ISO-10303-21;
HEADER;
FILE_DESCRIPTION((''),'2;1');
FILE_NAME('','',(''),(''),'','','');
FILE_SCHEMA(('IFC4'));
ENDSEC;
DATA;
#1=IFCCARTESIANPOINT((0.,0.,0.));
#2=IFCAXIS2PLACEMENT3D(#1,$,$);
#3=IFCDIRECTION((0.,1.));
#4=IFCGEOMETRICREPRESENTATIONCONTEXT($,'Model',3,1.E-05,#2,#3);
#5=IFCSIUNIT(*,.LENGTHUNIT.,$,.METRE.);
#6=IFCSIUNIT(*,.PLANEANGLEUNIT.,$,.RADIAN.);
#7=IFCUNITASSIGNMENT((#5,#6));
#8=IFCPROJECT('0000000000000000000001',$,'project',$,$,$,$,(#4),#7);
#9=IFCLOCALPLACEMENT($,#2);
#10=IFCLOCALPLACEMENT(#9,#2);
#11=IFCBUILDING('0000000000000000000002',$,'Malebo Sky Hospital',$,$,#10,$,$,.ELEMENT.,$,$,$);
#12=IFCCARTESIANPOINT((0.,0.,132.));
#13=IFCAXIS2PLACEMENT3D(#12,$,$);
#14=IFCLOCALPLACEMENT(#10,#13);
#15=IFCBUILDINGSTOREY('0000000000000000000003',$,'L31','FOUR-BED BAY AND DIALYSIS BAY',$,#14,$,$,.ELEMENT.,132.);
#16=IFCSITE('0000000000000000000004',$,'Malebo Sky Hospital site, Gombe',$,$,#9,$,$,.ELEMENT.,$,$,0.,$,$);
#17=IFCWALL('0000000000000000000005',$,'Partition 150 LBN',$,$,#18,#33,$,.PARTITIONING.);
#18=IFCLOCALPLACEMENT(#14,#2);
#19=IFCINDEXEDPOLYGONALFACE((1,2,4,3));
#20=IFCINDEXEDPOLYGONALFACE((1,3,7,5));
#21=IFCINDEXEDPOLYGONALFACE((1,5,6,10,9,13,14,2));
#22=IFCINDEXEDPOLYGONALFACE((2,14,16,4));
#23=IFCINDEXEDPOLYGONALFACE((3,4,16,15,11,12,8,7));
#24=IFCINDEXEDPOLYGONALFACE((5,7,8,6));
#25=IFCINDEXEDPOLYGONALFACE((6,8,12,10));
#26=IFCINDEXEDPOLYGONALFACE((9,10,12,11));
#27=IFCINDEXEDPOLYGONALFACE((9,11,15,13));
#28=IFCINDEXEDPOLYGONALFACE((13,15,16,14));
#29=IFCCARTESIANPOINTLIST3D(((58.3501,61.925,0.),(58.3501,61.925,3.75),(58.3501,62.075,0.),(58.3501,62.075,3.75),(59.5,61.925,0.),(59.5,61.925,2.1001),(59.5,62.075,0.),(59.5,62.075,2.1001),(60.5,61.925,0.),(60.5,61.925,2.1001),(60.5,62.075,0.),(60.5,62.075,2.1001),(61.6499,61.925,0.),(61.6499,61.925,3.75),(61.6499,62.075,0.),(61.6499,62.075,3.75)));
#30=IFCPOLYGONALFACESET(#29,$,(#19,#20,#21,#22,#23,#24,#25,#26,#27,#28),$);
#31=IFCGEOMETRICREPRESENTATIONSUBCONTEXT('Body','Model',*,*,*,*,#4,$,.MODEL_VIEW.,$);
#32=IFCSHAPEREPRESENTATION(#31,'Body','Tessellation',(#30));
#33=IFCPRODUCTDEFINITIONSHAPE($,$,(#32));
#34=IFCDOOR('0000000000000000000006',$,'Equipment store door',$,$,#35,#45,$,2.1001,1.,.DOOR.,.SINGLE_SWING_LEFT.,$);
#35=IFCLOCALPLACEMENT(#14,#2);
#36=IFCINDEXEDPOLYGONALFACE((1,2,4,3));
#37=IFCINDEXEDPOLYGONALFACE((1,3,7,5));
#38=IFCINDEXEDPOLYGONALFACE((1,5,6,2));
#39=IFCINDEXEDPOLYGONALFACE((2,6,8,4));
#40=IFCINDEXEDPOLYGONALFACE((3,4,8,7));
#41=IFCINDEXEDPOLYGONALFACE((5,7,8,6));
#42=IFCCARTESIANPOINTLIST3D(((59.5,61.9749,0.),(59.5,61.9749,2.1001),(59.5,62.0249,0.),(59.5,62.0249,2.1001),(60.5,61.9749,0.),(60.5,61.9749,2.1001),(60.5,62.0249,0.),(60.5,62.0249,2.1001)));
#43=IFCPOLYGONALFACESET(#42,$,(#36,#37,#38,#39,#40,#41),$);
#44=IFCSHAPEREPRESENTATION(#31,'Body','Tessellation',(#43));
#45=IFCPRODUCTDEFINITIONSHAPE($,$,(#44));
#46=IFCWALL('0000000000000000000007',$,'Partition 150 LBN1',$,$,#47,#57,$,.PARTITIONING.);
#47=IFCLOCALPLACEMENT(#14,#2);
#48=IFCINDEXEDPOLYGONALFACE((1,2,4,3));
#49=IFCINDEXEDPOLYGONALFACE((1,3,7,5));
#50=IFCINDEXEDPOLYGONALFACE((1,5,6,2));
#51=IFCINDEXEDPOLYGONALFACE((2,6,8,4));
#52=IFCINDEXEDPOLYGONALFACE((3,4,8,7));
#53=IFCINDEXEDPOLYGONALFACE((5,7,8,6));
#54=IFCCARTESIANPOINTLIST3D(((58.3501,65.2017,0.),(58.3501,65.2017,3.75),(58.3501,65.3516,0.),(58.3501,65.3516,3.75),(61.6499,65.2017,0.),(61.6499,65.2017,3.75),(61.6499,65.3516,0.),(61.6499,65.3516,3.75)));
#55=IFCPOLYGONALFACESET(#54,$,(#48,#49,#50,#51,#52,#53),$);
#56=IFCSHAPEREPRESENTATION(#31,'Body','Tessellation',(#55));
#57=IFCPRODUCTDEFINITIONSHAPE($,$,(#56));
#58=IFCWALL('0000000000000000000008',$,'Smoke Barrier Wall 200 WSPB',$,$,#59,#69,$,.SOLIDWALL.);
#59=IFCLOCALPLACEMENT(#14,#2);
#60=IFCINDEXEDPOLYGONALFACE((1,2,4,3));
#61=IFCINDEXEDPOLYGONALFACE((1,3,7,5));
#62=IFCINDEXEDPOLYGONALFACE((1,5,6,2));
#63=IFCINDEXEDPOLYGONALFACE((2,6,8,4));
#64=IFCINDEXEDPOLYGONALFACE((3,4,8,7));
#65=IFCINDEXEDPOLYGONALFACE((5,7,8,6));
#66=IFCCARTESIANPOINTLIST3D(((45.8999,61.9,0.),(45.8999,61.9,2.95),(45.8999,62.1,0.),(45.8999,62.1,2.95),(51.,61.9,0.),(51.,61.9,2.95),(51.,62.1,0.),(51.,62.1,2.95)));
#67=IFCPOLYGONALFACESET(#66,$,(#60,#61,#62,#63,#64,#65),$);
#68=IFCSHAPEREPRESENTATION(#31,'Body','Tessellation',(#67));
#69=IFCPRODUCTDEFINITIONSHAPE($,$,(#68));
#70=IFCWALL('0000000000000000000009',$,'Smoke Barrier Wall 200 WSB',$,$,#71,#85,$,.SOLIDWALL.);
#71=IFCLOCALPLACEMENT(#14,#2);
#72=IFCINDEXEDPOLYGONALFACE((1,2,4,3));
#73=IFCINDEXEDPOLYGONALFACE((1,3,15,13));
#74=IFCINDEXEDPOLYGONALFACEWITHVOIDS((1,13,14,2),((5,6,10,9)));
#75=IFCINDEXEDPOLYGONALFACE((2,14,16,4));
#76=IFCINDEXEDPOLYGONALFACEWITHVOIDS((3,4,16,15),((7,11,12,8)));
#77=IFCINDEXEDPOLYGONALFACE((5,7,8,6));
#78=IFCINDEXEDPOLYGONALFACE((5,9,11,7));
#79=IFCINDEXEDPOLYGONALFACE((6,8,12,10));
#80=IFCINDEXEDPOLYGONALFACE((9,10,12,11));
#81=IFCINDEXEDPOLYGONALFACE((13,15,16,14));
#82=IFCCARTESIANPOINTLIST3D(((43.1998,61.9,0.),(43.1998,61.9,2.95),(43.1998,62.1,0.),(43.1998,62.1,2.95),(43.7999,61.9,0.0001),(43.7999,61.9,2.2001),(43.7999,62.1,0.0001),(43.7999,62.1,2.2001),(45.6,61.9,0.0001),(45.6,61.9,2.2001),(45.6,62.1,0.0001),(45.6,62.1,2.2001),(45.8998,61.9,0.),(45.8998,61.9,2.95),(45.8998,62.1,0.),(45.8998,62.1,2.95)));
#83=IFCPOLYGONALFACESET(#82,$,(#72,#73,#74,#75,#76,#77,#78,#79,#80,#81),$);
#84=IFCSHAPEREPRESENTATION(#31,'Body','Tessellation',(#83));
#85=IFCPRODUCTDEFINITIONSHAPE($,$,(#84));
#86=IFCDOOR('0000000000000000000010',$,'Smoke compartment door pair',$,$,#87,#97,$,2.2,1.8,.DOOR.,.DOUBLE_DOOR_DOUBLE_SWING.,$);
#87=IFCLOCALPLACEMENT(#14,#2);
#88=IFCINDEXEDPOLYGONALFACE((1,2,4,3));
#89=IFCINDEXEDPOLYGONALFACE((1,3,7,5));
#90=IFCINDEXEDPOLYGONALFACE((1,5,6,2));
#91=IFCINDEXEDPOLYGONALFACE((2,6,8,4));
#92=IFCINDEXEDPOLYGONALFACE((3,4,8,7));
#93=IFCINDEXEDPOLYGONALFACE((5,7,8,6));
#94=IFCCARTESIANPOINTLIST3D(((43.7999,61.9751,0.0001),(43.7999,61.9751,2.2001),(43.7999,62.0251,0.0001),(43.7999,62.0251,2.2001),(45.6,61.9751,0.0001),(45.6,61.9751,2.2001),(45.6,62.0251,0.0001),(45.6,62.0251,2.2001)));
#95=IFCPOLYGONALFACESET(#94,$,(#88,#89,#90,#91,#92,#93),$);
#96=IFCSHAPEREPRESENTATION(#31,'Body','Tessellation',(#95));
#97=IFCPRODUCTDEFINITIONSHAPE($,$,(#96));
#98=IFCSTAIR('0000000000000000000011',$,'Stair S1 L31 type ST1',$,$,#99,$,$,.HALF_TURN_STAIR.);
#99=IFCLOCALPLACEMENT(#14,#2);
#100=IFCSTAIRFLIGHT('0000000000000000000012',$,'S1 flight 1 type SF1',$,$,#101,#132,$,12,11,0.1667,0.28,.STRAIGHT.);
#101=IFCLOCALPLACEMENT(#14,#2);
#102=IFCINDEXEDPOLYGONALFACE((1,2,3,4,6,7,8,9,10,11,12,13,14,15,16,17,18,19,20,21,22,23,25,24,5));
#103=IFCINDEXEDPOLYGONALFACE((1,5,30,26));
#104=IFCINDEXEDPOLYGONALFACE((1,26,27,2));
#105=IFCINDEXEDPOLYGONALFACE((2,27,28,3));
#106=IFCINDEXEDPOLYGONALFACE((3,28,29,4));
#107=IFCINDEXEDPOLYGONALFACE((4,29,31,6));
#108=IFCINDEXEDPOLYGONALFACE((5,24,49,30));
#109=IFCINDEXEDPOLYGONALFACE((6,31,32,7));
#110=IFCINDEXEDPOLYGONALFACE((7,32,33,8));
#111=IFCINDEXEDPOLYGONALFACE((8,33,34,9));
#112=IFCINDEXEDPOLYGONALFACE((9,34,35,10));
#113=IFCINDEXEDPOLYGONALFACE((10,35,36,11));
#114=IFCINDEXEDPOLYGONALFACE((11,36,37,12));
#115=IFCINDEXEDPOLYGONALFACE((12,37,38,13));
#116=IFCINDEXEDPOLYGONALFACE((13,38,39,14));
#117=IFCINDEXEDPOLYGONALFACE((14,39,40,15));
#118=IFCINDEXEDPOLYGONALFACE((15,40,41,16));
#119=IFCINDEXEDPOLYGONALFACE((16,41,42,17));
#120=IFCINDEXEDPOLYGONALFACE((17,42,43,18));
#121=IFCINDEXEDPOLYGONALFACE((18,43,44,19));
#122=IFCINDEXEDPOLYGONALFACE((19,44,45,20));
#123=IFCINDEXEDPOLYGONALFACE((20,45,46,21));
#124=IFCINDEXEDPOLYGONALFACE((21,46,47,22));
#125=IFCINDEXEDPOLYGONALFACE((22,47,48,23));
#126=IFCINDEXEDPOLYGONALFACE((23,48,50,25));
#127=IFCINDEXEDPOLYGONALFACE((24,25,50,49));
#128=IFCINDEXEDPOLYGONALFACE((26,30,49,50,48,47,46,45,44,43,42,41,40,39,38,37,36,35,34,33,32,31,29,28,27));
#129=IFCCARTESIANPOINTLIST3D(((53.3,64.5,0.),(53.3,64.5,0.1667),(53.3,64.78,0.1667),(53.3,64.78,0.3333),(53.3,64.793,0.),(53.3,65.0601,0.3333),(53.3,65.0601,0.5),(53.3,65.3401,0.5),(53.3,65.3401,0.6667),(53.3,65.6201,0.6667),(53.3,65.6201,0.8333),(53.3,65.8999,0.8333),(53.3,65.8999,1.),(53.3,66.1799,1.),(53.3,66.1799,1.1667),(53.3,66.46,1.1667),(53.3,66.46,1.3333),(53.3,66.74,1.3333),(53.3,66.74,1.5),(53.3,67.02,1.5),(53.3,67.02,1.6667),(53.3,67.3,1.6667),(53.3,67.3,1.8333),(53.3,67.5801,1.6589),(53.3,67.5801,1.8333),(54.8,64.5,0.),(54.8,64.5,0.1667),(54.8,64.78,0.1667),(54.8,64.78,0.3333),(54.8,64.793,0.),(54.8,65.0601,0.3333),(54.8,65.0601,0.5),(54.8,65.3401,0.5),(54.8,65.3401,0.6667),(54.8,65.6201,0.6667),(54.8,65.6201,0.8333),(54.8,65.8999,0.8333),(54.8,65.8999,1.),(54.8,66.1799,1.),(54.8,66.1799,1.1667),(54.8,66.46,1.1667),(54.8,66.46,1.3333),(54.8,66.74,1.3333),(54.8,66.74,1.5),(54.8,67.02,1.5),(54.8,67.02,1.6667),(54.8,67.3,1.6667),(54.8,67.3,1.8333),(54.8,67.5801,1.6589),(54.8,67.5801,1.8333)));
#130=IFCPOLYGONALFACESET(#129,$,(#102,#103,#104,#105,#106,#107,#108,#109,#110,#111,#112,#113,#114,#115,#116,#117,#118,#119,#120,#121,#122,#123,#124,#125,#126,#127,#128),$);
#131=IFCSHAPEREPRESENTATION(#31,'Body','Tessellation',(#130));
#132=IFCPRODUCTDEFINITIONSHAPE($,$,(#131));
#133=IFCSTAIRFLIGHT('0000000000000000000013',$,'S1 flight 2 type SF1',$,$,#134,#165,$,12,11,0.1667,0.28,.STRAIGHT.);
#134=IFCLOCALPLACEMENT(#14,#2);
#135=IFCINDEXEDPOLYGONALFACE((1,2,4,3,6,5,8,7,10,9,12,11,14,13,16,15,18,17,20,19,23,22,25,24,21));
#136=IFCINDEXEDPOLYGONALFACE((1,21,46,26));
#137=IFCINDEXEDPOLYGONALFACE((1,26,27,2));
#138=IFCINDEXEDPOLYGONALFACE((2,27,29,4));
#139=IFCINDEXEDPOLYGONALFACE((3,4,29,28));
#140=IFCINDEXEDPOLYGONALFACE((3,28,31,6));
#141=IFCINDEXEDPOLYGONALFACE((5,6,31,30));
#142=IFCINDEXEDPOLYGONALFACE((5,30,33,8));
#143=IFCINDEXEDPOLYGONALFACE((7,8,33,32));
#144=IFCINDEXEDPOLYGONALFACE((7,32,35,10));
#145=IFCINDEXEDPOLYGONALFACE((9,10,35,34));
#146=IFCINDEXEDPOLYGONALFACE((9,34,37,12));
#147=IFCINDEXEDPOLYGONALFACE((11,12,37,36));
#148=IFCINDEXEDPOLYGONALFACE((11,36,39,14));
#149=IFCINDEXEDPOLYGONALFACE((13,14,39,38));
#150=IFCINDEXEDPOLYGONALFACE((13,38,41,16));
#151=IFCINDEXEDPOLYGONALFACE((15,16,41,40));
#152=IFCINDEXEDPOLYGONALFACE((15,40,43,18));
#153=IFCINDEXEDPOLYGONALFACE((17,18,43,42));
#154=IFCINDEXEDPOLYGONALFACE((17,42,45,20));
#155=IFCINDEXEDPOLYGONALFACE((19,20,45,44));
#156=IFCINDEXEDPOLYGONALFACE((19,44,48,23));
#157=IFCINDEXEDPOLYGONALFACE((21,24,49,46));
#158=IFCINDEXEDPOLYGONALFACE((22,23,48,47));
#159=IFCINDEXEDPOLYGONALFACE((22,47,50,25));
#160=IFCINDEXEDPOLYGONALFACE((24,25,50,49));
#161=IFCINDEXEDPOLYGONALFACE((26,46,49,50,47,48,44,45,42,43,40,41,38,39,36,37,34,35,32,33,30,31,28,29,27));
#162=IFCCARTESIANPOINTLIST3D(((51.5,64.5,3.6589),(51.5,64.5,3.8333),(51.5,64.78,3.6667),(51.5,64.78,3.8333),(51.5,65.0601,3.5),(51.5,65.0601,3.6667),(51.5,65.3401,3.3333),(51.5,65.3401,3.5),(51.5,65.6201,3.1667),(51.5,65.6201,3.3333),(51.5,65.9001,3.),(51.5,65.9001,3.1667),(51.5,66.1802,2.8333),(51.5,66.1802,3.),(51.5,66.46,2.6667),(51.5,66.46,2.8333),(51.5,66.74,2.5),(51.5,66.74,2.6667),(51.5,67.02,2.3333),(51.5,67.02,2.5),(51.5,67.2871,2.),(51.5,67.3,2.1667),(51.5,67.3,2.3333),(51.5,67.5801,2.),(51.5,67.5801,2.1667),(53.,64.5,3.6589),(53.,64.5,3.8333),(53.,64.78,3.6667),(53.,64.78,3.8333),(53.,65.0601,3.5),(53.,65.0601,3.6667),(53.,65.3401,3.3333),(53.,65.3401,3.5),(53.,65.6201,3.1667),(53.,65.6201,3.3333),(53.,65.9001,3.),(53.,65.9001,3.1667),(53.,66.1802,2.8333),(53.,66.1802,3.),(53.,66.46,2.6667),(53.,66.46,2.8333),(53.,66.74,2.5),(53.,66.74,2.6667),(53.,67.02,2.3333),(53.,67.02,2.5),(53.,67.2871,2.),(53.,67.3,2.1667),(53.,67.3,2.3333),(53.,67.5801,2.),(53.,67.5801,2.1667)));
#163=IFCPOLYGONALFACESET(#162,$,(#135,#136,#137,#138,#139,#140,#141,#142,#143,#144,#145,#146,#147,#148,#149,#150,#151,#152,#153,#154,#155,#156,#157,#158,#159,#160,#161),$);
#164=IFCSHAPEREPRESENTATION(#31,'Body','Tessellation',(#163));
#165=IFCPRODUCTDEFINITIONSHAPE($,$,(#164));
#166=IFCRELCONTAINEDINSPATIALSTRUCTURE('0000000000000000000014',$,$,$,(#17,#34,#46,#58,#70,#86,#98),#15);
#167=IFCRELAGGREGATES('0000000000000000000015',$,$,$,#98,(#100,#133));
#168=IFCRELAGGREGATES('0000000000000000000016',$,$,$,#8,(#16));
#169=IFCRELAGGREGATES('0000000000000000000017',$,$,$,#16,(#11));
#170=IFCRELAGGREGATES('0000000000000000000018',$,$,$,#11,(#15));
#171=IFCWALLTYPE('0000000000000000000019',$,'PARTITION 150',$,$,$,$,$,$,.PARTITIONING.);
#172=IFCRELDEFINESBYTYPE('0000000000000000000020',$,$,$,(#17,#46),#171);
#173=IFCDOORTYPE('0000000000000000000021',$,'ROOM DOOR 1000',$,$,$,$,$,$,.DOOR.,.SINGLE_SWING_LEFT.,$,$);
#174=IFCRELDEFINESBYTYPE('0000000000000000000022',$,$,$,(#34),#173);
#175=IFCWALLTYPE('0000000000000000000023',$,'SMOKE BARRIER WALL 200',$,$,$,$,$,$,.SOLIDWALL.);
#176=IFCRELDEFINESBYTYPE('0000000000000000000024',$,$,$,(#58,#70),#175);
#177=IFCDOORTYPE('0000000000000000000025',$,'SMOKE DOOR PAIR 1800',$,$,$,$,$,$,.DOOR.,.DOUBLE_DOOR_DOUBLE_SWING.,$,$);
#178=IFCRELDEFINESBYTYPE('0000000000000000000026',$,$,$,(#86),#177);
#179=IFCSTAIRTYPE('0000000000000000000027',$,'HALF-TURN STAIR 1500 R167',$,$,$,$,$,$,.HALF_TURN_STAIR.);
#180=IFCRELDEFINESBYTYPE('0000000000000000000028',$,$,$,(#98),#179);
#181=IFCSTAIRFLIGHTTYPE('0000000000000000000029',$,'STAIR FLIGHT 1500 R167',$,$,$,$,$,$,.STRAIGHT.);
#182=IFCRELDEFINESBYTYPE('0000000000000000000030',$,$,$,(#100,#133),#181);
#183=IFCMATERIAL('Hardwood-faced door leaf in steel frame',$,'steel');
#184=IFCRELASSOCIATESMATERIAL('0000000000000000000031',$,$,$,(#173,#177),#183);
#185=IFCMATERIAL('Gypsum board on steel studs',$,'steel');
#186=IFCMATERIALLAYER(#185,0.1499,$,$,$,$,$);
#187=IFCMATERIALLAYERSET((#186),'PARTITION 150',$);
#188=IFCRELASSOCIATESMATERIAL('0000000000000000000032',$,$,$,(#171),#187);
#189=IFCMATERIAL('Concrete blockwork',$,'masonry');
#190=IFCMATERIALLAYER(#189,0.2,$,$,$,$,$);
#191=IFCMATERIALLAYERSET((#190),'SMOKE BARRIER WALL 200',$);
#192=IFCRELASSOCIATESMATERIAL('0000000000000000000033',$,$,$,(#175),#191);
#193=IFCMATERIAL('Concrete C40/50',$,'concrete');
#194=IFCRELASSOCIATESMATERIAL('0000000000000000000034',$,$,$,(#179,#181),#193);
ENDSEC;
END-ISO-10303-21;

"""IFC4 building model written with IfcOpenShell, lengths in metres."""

from ifc_helpers import new_model, si_unit, direction, frame, frame_2d, origin, place, context, subcontext, project, spatial, polyline, rectangle, outline, extrude, material, layer, layer_set, type_object, element, fill, aggregate, save


model = new_model("IFC4")

# Units and contexts
model_context = context("Model", 3, precision=1e-05, world=origin(), true_north=direction((0.0, 1.0)))
body_context = subcontext(model_context, "Body", "Model", "MODEL_VIEW")
ifc_project = project(units=[si_unit("LENGTHUNIT", "METRE"), si_unit("PLANEANGLEUNIT", "RADIAN")], contexts=[model_context])

# Site, building, storey
site_placement = place(None, origin())
site = spatial("IfcSite", under=ifc_project, at=site_placement, Name="Malebo Sky Hospital site, Gombe", CompositionType="ELEMENT", RefElevation=0.0)
building_placement = place(site_placement, origin())
building = spatial("IfcBuilding", under=site, at=building_placement, Name="Malebo Sky Hospital", CompositionType="ELEMENT")
storey_placement = place(building_placement, frame((0.0, 0.0, 132.0)))
storey = spatial("IfcBuildingStorey", under=building, at=storey_placement, Name="L31", Description="FOUR-BED BAY AND DIALYSIS BAY", CompositionType="ELEMENT", Elevation=132.0)

# Shared definitions
ifc_material_1 = material(Name="Hardwood-faced door leaf in steel frame", Category="steel")

# Shared definitions
ifc_material_2 = material(Name="Gypsum board on steel studs", Category="steel")
door_type_1 = type_object("IfcDoorType", Name="ROOM DOOR 1000", OperationType="SINGLE_SWING_LEFT", PredefinedType="DOOR", material=ifc_material_1)

# Shared definitions
ifc_layer_1 = layer(ifc_material_2, 0.1499)
ifc_layer_set_1 = layer_set([ifc_layer_1], Name="PARTITION 150")
wall_type_1 = type_object("IfcWallType", Name="PARTITION 150", PredefinedType="PARTITIONING", material=ifc_layer_set_1)

# Wall, opening, door
wall_1_placement = place(storey_placement, frame((58.3501, 62.0, 0.0), z_axis=(0.0, 0.0, 1.0), x_axis=(1.0, 0.0, 0.0)))
wall_1 = element("IfcWall", 1, at=wall_1_placement, inside=storey, type_object=wall_type_1, Name="Partition 150 LBN", PredefinedType="PARTITIONING", context=body_context, shape_type="SweptSolid", body=[
    extrude(rectangle(XDim=3.2998, YDim=0.1499, at=frame_2d((1.6499, 0.0))), origin(), (0.0, 0.0, 1.0), 3.75),
])
opening_1_placement = place(wall_1_placement, frame((1.1499, 0.0, 0.0)))
opening_1 = element("IfcOpeningElement", 2, at=opening_1_placement, cuts=wall_1, PredefinedType="OPENING", context=body_context, shape_type="SweptSolid", body=[
    extrude(rectangle(XDim=1.0, YDim=2.1001, at=frame_2d((0.5, 1.05))), frame((0.0, 0.085, 0.0), z_axis=(0.0, -1.0, 0.0), x_axis=(1.0, 0.0, 0.0)), (0.0, 0.0, 1.0), 0.1699),
])
door_1_placement = place(opening_1_placement, origin())
door_1 = element("IfcDoor", 3, at=door_1_placement, inside=storey, type_object=door_type_1, Name="Equipment store door", OperationType="SINGLE_SWING_LEFT", OverallHeight=2.1001, OverallWidth=1.0, PredefinedType="DOOR", context=body_context, shape_type="SweptSolid", body=[
    extrude(rectangle(XDim=1.0, YDim=2.1001, at=frame_2d((0.5, 1.05))), frame((0.0, 0.0249, 0.0), z_axis=(0.0, -1.0, 0.0), x_axis=(1.0, 0.0, 0.0)), (0.0, 0.0, 1.0), 0.05),
])
fill(opening_1, door_1)

# Walls
wall_2_placement = place(storey_placement, frame((58.3501, 65.2766, 0.0), z_axis=(0.0, 0.0, 1.0), x_axis=(1.0, 0.0, 0.0)))
element("IfcWall", 4, at=wall_2_placement, inside=storey, type_object=wall_type_1, Name="Partition 150 LBN1", PredefinedType="PARTITIONING", context=body_context, shape_type="SweptSolid", body=[
    extrude(rectangle(XDim=3.2998, YDim=0.1499, at=frame_2d((1.6499, 0.0))), origin(), (0.0, 0.0, 1.0), 3.75),
])
ifc_material_3 = material(Name="Concrete blockwork", Category="masonry")
ifc_layer_2 = layer(ifc_material_3, 0.2)
ifc_layer_set_2 = layer_set([ifc_layer_2], Name="SMOKE BARRIER WALL 200")
wall_type_2 = type_object("IfcWallType", Name="SMOKE BARRIER WALL 200", PredefinedType="SOLIDWALL", material=ifc_layer_set_2)
wall_3_placement = place(storey_placement, frame((51.0, 62.0, 0.0), z_axis=(0.0, 0.0, 1.0), x_axis=(-1.0, 0.0, 0.0)))
element("IfcWall", 5, at=wall_3_placement, inside=storey, type_object=wall_type_2, Name="Smoke Barrier Wall 200 WSPB", PredefinedType="SOLIDWALL", context=body_context, shape_type="SweptSolid", body=[
    extrude(rectangle(XDim=5.1001, YDim=0.2, at=frame_2d((2.55, 0.0))), origin(), (0.0, 0.0, 1.0), 2.95),
])

# Wall, opening, door
wall_4_placement = place(storey_placement, frame((45.8999, 62.0, 0.0), z_axis=(0.0, 0.0, 1.0), x_axis=(-1.0, 0.0, 0.0)))
wall_4 = element("IfcWall", 6, at=wall_4_placement, inside=storey, type_object=wall_type_2, Name="Smoke Barrier Wall 200 WSB", PredefinedType="SOLIDWALL", context=body_context, shape_type="SweptSolid", body=[
    extrude(rectangle(XDim=2.7, YDim=0.2, at=frame_2d((1.3501, 0.0))), origin(), (0.0, 0.0, 1.0), 2.95),
])
opening_2_placement = place(wall_4_placement, frame((0.3, 0.0, 0.0)))
opening_2 = element("IfcOpeningElement", 7, at=opening_2_placement, cuts=wall_4, PredefinedType="OPENING", context=body_context, shape_type="SweptSolid", body=[
    extrude(rectangle(XDim=1.8, YDim=2.2, at=frame_2d((0.8999, 1.1001))), frame((0.0, 0.1099, 0.0), z_axis=(0.0, -1.0, 0.0), x_axis=(1.0, 0.0, 0.0)), (0.0, 0.0, 1.0), 0.22),
])
door_type_2 = type_object("IfcDoorType", Name="SMOKE DOOR PAIR 1800", OperationType="DOUBLE_DOOR_DOUBLE_SWING", PredefinedType="DOOR", material=ifc_material_1)
door_2_placement = place(opening_2_placement, origin())
door_2 = element("IfcDoor", 8, at=door_2_placement, inside=storey, type_object=door_type_2, Name="Smoke compartment door pair", OperationType="DOUBLE_DOOR_DOUBLE_SWING", OverallHeight=2.2, OverallWidth=1.8, PredefinedType="DOOR", context=body_context, shape_type="SweptSolid", body=[
    extrude(rectangle(XDim=1.8, YDim=2.2, at=frame_2d((0.8999, 1.1001))), frame((0.0, 0.0249, 0.0), z_axis=(0.0, -1.0, 0.0), x_axis=(1.0, 0.0, 0.0)), (0.0, 0.0, 1.0), 0.05),
])
fill(opening_2, door_2)

# Stair, stair flights
ifc_material_4 = material(Name="Concrete C40/50", Category="concrete")
stair_type = type_object("IfcStairType", Name="HALF-TURN STAIR 1500 R167", PredefinedType="HALF_TURN_STAIR", material=ifc_material_4)
stair_placement = place(storey_placement, origin())
stair = element("IfcStair", 9, at=stair_placement, inside=storey, type_object=stair_type, Name="Stair S1 L31 type ST1", PredefinedType="HALF_TURN_STAIR")
stair_flight_type = type_object("IfcStairFlightType", Name="STAIR FLIGHT 1500 R167", PredefinedType="STRAIGHT", material=ifc_material_4)
stair_flight_1_placement = place(storey_placement, frame((54.05, 64.5, 0.0), z_axis=(0.0, 0.0, 1.0), x_axis=(0.0, 1.0, 0.0)))
stair_flight_1 = element("IfcStairFlight", 10, at=stair_flight_1_placement, type_object=stair_flight_type, Name="S1 flight 1 type SF1", NumberOfRisers=12, NumberOfTreads=11, PredefinedType="STRAIGHT", RiserHeight=0.1667, TreadLength=0.28, context=body_context, shape_type="SweptSolid", body=[
    extrude(outline(polyline([(0.0, 0.0), (0.0, 0.1667), (0.28, 0.1667), (0.28, 0.3333), (0.5601, 0.3333), (0.5601, 0.5), (0.8401, 0.5), (0.8401, 0.6667), (1.1201, 0.6667), (1.1201, 0.8333), (1.3999, 0.8333), (1.3999, 1.0), (1.6799, 1.0), (1.6799, 1.1667), (1.96, 1.1667), (1.96, 1.3333), (2.24, 1.3333), (2.24, 1.5), (2.52, 1.5), (2.52, 1.6667), (2.8, 1.6667), (2.8, 1.8333), (3.0801, 1.8333), (3.0801, 2.0), (3.0801, 1.6589), (0.293, 0.0), (0.0, 0.0)])), frame((0.0, 0.75, 0.0), z_axis=(0.0, -1.0, 0.0), x_axis=(1.0, 0.0, 0.0)), (0.0, 0.0, 1.0), 1.5),
])
stair_flight_2_placement = place(storey_placement, frame((52.25, 67.5801, 2.0), z_axis=(0.0, 0.0, 1.0), x_axis=(0.0, -1.0, 0.0)))
stair_flight_2 = element("IfcStairFlight", 11, at=stair_flight_2_placement, type_object=stair_flight_type, Name="S1 flight 2 type SF1", NumberOfRisers=12, NumberOfTreads=11, PredefinedType="STRAIGHT", RiserHeight=0.1667, TreadLength=0.28, context=body_context, shape_type="SweptSolid", body=[
    extrude(outline(polyline([(0.0, 0.0), (0.0, 0.1667), (0.28, 0.1667), (0.28, 0.3333), (0.5601, 0.3333), (0.5601, 0.5), (0.8401, 0.5), (0.8401, 0.6667), (1.1201, 0.6667), (1.1201, 0.8333), (1.3999, 0.8333), (1.3999, 1.0), (1.6799, 1.0), (1.6799, 1.1667), (1.96, 1.1667), (1.96, 1.3333), (2.24, 1.3333), (2.24, 1.5), (2.52, 1.5), (2.52, 1.6667), (2.8, 1.6667), (2.8, 1.8333), (3.0801, 1.8333), (3.0801, 2.0), (3.0801, 1.6589), (0.293, 0.0), (0.0, 0.0)])), frame((0.0, 0.75, 0.0), z_axis=(0.0, -1.0, 0.0), x_axis=(1.0, 0.0, 0.0)), (0.0, 0.0, 1.0), 1.5),
])
aggregate(stair, [stair_flight_1, stair_flight_2])

save(model, "model.ifc")
